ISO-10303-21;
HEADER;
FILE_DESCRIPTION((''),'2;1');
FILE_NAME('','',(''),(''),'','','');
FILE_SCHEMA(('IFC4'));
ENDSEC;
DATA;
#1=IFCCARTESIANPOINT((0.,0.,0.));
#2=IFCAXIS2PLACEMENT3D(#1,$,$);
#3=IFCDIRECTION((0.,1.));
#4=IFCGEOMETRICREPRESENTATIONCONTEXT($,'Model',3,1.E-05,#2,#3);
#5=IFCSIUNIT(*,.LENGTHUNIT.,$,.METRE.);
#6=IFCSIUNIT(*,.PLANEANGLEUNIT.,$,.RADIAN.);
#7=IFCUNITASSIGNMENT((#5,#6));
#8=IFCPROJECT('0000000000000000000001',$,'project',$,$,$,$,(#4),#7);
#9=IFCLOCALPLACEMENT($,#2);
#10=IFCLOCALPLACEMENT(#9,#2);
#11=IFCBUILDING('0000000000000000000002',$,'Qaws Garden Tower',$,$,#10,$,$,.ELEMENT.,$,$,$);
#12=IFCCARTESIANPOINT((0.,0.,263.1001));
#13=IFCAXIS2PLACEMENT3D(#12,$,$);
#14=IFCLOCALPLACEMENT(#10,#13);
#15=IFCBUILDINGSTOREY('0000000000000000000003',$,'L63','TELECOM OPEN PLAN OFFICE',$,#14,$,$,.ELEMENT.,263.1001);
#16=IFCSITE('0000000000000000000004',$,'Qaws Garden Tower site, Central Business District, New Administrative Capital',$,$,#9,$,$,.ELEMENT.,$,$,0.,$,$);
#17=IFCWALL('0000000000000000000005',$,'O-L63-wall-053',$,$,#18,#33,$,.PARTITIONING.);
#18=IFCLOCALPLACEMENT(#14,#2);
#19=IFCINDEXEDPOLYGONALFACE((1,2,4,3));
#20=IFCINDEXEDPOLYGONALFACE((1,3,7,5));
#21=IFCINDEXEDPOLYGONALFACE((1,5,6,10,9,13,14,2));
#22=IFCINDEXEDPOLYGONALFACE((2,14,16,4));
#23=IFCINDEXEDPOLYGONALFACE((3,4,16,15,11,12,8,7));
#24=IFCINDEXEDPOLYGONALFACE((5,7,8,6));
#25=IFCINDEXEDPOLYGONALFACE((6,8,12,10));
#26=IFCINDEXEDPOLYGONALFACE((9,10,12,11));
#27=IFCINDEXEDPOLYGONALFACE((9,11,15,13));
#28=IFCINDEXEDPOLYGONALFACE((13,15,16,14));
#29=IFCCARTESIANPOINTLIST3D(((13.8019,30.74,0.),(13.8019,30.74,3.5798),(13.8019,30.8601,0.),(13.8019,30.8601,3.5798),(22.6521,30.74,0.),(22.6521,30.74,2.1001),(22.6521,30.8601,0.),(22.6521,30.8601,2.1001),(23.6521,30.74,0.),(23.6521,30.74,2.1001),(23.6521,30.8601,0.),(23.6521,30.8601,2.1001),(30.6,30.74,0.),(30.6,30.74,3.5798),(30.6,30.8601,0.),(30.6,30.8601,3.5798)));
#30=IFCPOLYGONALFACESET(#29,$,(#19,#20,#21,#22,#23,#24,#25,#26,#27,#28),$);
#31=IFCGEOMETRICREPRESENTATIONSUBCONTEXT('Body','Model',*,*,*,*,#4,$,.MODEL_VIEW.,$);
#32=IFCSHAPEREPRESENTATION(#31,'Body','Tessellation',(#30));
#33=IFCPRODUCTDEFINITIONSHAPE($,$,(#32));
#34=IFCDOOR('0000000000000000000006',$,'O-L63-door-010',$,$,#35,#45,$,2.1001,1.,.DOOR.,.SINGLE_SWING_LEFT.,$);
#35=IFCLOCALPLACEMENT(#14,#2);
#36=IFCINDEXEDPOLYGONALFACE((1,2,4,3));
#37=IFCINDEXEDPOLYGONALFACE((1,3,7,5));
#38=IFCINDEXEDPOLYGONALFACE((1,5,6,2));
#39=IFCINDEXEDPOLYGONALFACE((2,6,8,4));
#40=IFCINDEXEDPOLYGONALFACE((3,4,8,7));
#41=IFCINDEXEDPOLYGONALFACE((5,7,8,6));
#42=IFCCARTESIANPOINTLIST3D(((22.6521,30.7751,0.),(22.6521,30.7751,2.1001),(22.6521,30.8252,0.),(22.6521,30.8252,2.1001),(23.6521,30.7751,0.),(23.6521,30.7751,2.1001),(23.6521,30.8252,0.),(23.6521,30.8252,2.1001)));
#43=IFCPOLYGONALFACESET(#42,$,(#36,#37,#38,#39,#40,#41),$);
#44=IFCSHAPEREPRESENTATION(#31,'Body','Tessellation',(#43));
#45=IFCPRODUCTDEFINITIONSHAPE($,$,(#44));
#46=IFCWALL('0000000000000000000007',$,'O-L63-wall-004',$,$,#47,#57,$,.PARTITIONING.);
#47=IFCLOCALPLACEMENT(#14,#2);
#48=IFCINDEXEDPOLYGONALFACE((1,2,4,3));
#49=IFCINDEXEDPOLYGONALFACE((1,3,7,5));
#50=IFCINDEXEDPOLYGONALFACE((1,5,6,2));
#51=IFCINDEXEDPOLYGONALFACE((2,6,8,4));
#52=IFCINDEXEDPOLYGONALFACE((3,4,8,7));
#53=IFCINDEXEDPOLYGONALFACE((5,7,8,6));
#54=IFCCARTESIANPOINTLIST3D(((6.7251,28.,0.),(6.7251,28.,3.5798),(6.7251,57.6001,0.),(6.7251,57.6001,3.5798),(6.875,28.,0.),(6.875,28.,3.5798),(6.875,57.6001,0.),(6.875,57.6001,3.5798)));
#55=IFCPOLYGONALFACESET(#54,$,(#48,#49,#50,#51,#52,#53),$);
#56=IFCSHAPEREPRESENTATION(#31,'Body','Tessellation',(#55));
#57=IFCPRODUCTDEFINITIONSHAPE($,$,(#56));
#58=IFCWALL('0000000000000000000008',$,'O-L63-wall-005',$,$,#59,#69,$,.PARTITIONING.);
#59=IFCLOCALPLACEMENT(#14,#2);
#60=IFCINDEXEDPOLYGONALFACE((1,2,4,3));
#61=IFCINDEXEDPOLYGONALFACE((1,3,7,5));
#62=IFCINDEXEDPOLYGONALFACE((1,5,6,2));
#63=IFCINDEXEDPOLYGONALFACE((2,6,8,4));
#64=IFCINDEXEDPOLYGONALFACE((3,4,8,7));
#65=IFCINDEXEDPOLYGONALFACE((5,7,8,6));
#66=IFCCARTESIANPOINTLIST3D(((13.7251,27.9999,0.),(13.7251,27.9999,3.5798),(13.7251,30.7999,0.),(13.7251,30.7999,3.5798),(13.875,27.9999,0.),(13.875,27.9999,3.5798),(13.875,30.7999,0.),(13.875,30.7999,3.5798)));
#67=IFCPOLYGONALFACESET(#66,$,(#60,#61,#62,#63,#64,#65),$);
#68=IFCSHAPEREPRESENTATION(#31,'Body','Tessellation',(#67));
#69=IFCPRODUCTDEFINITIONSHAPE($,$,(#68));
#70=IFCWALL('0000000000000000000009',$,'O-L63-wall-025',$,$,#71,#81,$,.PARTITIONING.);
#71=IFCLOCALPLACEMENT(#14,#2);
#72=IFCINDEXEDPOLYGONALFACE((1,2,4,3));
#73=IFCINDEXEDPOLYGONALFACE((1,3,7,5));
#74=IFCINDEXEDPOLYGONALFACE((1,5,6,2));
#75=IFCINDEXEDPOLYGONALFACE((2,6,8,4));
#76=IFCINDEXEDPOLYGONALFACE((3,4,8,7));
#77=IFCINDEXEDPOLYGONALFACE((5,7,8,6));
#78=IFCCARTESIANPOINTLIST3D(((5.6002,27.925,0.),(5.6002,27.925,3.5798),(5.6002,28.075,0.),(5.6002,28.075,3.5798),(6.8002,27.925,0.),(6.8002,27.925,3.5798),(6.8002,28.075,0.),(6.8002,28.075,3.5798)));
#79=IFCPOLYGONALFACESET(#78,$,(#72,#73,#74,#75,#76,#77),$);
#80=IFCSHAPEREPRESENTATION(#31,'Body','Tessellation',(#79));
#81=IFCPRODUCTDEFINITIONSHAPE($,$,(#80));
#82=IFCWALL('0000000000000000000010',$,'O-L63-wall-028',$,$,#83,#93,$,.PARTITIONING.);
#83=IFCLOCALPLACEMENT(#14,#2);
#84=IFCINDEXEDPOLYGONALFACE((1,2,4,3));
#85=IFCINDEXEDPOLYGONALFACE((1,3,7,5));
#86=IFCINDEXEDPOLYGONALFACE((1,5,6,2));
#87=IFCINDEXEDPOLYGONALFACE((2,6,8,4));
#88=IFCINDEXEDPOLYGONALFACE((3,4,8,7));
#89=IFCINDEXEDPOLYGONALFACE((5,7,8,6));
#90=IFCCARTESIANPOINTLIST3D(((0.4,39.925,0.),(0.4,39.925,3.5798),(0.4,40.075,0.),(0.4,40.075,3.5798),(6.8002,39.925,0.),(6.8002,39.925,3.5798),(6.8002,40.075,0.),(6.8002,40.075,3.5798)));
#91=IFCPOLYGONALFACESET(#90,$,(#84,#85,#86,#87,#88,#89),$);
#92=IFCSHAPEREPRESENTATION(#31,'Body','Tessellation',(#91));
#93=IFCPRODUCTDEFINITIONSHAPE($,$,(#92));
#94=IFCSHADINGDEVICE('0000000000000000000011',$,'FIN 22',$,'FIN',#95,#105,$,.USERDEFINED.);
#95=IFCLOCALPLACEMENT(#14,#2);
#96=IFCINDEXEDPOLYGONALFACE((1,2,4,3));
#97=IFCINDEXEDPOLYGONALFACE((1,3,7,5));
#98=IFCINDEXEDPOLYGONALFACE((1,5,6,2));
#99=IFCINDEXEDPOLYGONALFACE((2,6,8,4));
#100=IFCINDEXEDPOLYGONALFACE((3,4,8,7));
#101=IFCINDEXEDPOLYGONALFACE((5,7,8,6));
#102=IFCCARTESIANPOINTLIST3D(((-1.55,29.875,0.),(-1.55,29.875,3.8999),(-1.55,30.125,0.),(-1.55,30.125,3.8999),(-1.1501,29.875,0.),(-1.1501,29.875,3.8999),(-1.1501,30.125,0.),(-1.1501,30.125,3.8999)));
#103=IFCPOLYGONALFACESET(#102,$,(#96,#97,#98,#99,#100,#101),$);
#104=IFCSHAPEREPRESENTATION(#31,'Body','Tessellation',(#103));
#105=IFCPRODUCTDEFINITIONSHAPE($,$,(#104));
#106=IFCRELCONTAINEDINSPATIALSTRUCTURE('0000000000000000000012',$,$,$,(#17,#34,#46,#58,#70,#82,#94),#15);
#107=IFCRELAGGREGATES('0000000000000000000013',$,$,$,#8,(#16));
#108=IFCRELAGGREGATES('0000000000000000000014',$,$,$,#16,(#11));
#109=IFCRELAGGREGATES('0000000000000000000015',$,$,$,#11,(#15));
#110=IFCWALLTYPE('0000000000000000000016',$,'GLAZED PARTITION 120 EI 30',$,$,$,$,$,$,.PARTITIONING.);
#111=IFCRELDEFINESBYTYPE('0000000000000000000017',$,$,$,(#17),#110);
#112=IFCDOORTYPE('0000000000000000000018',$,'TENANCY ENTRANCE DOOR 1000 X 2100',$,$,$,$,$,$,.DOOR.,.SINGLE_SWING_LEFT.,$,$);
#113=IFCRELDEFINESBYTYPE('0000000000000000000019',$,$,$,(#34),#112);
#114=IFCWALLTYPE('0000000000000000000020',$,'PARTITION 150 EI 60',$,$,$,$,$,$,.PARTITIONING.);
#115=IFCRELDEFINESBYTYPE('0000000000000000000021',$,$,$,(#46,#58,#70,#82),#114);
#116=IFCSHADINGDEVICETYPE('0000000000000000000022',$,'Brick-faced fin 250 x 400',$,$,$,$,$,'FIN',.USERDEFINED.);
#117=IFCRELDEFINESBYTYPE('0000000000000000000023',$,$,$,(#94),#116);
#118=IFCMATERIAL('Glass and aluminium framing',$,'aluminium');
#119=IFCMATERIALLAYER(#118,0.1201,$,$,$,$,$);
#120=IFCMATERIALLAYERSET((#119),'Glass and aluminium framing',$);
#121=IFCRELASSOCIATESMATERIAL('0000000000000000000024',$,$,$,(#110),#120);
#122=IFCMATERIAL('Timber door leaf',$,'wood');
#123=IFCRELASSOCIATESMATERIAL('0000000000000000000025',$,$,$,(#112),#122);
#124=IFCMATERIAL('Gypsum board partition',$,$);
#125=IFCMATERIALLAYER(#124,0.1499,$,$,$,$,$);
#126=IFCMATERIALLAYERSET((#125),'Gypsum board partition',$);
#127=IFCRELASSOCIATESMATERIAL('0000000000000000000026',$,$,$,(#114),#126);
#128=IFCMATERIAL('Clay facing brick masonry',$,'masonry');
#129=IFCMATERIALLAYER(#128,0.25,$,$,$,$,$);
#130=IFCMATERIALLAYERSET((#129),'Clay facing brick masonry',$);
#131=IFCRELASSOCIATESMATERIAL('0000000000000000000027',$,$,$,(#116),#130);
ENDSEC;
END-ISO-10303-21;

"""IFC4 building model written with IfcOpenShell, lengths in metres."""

from ifc_helpers import new_model, si_unit, direction, frame, frame_2d, origin, origin_2d, place, context, subcontext, project, spatial, rectangle, extrude, material, layer, layer_set, type_object, element, fill, save


model = new_model("IFC4")

# Units and contexts
model_context = context("Model", 3, precision=1e-05, world=origin(), true_north=direction((0.0, 1.0)))
body_context = subcontext(model_context, "Body", "Model", "MODEL_VIEW")
ifc_project = project(units=[si_unit("LENGTHUNIT", "METRE"), si_unit("PLANEANGLEUNIT", "RADIAN")], contexts=[model_context])

# Site, building, storey
site_placement = place(None, origin())
site = spatial("IfcSite", under=ifc_project, at=site_placement, Name="Qaws Garden Tower site, Central Business District, New Administrative Capital", CompositionType="ELEMENT", RefElevation=0.0)
building_placement = place(site_placement, origin())
building = spatial("IfcBuilding", under=site, at=building_placement, Name="Qaws Garden Tower", CompositionType="ELEMENT")
storey_placement = place(building_placement, frame((0.0, 0.0, 263.1001)))
storey = spatial("IfcBuildingStorey", under=building, at=storey_placement, Name="L63", Description="TELECOM OPEN PLAN OFFICE", CompositionType="ELEMENT", Elevation=263.1001)

# Shared definitions
ifc_material_1 = material(Name="Glass and aluminium framing", Category="aluminium")
ifc_layer_1 = layer(ifc_material_1, 0.1201)
ifc_layer_set_1 = layer_set([ifc_layer_1], Name="Glass and aluminium framing")
wall_type_1 = type_object("IfcWallType", Name="GLAZED PARTITION 120 EI 30", PredefinedType="PARTITIONING", material=ifc_layer_set_1)
ifc_material_2 = material(Name="Timber door leaf", Category="wood")
door_type = type_object("IfcDoorType", Name="TENANCY ENTRANCE DOOR 1000 X 2100", OperationType="SINGLE_SWING_LEFT", PredefinedType="DOOR", material=ifc_material_2)

# Wall, opening, door
wall_1_placement = place(storey_placement, frame((13.802, 30.8, 0.0), z_axis=(0.0, 0.0, 1.0), x_axis=(1.0, 0.0, 0.0)))
wall_1 = element("IfcWall", 1, at=wall_1_placement, inside=storey, type_object=wall_type_1, Name="O-L63-wall-053", PredefinedType="PARTITIONING", context=body_context, shape_type="SweptSolid", body=[
    extrude(rectangle(XDim=16.7981, YDim=0.1201, at=frame_2d((8.3989, 0.0))), origin(), (0.0, 0.0, 1.0), 3.5798),
])
opening_1_placement = place(wall_1_placement, frame((8.8501, 0.0, 0.0)))
opening_1 = element("IfcOpeningElement", 2, at=opening_1_placement, cuts=wall_1, PredefinedType="OPENING", context=body_context, shape_type="SweptSolid", body=[
    extrude(rectangle(XDim=1.0, YDim=2.1001, at=frame_2d((0.5, 1.05))), frame((0.0, 0.0701, 0.0), z_axis=(0.0, -1.0, 0.0), x_axis=(1.0, 0.0, 0.0)), (0.0, 0.0, 1.0), 0.1401),
])
door_1_placement = place(opening_1_placement, frame((1.0, 0.0, 0.0), z_axis=(0.0, 0.0, 1.0), x_axis=(-1.0, 0.0, 0.0)))
door_1 = element("IfcDoor", 3, at=door_1_placement, inside=storey, type_object=door_type, Name="O-L63-door-010", OperationType="SINGLE_SWING_LEFT", OverallHeight=2.1001, OverallWidth=1.0, PredefinedType="DOOR", context=body_context, shape_type="SweptSolid", body=[
    extrude(rectangle(XDim=1.0, YDim=2.1001, at=frame_2d((0.5, 1.05))), frame((0.0, 0.0249, 0.0), z_axis=(0.0, -1.0, 0.0), x_axis=(1.0, 0.0, 0.0)), (0.0, 0.0, 1.0), 0.05),
])
fill(opening_1, door_1)

# Walls
ifc_material_3 = material(Name="Gypsum board partition")
ifc_layer_2 = layer(ifc_material_3, 0.1499)
ifc_layer_set_2 = layer_set([ifc_layer_2], Name="Gypsum board partition")
wall_type_2 = type_object("IfcWallType", Name="PARTITION 150 EI 60", PredefinedType="PARTITIONING", material=ifc_layer_set_2)
wall_2_placement = place(storey_placement, frame((6.8, 28.0, 0.0), z_axis=(0.0, 0.0, 1.0), x_axis=(0.0, 1.0, 0.0)))
element("IfcWall", 4, at=wall_2_placement, inside=storey, type_object=wall_type_2, Name="O-L63-wall-004", PredefinedType="PARTITIONING", context=body_context, shape_type="SweptSolid", body=[
    extrude(rectangle(XDim=29.6001, YDim=0.1499, at=frame_2d((14.8, 0.0))), origin(), (0.0, 0.0, 1.0), 3.5798),
])
wall_3_placement = place(storey_placement, frame((13.8, 28.0, 0.0), z_axis=(0.0, 0.0, 1.0), x_axis=(0.0, 1.0, 0.0)))
element("IfcWall", 5, at=wall_3_placement, inside=storey, type_object=wall_type_2, Name="O-L63-wall-005", PredefinedType="PARTITIONING", context=body_context, shape_type="SweptSolid", body=[
    extrude(rectangle(XDim=2.8, YDim=0.1499, at=frame_2d((1.3999, 0.0))), origin(), (0.0, 0.0, 1.0), 3.5798),
])
wall_4_placement = place(storey_placement, frame((5.6001, 28.0, 0.0), z_axis=(0.0, 0.0, 1.0), x_axis=(1.0, 0.0, 0.0)))
element("IfcWall", 6, at=wall_4_placement, inside=storey, type_object=wall_type_2, Name="O-L63-wall-025", PredefinedType="PARTITIONING", context=body_context, shape_type="SweptSolid", body=[
    extrude(rectangle(XDim=1.2, YDim=0.1499, at=frame_2d((0.6001, 0.0))), origin(), (0.0, 0.0, 1.0), 3.5798),
])
wall_5_placement = place(storey_placement, frame((0.3999, 40.0, 0.0), z_axis=(0.0, 0.0, 1.0), x_axis=(1.0, 0.0, 0.0)))
element("IfcWall", 7, at=wall_5_placement, inside=storey, type_object=wall_type_2, Name="O-L63-wall-028", PredefinedType="PARTITIONING", context=body_context, shape_type="SweptSolid", body=[
    extrude(rectangle(XDim=6.4001, YDim=0.1499, at=frame_2d((3.2002, 0.0))), origin(), (0.0, 0.0, 1.0), 3.5798),
])

# Shading device
ifc_material_4 = material(Name="Clay facing brick masonry", Category="masonry")
ifc_layer_3 = layer(ifc_material_4, 0.25)
ifc_layer_set_3 = layer_set([ifc_layer_3], Name="Clay facing brick masonry")
shading_device_type = type_object("IfcShadingDeviceType", Name="Brick-faced fin 250 x 400", ElementType="FIN", PredefinedType="USERDEFINED", material=ifc_layer_set_3)
shading_device_placement = place(storey_placement, frame((-1.3501, 30.0, 0.0), z_axis=(0.0, 0.0, 1.0), x_axis=(0.0, -1.0, 0.0)))
element("IfcShadingDevice", 8, at=shading_device_placement, inside=storey, type_object=shading_device_type, Name="FIN 22", ObjectType="FIN", PredefinedType="USERDEFINED", context=body_context, shape_type="SweptSolid", body=[
    extrude(rectangle(XDim=0.25, YDim=0.3999, at=origin_2d()), origin(), (0.0, 0.0, 1.0), 3.8999),
])

save(model, "model.ifc")
